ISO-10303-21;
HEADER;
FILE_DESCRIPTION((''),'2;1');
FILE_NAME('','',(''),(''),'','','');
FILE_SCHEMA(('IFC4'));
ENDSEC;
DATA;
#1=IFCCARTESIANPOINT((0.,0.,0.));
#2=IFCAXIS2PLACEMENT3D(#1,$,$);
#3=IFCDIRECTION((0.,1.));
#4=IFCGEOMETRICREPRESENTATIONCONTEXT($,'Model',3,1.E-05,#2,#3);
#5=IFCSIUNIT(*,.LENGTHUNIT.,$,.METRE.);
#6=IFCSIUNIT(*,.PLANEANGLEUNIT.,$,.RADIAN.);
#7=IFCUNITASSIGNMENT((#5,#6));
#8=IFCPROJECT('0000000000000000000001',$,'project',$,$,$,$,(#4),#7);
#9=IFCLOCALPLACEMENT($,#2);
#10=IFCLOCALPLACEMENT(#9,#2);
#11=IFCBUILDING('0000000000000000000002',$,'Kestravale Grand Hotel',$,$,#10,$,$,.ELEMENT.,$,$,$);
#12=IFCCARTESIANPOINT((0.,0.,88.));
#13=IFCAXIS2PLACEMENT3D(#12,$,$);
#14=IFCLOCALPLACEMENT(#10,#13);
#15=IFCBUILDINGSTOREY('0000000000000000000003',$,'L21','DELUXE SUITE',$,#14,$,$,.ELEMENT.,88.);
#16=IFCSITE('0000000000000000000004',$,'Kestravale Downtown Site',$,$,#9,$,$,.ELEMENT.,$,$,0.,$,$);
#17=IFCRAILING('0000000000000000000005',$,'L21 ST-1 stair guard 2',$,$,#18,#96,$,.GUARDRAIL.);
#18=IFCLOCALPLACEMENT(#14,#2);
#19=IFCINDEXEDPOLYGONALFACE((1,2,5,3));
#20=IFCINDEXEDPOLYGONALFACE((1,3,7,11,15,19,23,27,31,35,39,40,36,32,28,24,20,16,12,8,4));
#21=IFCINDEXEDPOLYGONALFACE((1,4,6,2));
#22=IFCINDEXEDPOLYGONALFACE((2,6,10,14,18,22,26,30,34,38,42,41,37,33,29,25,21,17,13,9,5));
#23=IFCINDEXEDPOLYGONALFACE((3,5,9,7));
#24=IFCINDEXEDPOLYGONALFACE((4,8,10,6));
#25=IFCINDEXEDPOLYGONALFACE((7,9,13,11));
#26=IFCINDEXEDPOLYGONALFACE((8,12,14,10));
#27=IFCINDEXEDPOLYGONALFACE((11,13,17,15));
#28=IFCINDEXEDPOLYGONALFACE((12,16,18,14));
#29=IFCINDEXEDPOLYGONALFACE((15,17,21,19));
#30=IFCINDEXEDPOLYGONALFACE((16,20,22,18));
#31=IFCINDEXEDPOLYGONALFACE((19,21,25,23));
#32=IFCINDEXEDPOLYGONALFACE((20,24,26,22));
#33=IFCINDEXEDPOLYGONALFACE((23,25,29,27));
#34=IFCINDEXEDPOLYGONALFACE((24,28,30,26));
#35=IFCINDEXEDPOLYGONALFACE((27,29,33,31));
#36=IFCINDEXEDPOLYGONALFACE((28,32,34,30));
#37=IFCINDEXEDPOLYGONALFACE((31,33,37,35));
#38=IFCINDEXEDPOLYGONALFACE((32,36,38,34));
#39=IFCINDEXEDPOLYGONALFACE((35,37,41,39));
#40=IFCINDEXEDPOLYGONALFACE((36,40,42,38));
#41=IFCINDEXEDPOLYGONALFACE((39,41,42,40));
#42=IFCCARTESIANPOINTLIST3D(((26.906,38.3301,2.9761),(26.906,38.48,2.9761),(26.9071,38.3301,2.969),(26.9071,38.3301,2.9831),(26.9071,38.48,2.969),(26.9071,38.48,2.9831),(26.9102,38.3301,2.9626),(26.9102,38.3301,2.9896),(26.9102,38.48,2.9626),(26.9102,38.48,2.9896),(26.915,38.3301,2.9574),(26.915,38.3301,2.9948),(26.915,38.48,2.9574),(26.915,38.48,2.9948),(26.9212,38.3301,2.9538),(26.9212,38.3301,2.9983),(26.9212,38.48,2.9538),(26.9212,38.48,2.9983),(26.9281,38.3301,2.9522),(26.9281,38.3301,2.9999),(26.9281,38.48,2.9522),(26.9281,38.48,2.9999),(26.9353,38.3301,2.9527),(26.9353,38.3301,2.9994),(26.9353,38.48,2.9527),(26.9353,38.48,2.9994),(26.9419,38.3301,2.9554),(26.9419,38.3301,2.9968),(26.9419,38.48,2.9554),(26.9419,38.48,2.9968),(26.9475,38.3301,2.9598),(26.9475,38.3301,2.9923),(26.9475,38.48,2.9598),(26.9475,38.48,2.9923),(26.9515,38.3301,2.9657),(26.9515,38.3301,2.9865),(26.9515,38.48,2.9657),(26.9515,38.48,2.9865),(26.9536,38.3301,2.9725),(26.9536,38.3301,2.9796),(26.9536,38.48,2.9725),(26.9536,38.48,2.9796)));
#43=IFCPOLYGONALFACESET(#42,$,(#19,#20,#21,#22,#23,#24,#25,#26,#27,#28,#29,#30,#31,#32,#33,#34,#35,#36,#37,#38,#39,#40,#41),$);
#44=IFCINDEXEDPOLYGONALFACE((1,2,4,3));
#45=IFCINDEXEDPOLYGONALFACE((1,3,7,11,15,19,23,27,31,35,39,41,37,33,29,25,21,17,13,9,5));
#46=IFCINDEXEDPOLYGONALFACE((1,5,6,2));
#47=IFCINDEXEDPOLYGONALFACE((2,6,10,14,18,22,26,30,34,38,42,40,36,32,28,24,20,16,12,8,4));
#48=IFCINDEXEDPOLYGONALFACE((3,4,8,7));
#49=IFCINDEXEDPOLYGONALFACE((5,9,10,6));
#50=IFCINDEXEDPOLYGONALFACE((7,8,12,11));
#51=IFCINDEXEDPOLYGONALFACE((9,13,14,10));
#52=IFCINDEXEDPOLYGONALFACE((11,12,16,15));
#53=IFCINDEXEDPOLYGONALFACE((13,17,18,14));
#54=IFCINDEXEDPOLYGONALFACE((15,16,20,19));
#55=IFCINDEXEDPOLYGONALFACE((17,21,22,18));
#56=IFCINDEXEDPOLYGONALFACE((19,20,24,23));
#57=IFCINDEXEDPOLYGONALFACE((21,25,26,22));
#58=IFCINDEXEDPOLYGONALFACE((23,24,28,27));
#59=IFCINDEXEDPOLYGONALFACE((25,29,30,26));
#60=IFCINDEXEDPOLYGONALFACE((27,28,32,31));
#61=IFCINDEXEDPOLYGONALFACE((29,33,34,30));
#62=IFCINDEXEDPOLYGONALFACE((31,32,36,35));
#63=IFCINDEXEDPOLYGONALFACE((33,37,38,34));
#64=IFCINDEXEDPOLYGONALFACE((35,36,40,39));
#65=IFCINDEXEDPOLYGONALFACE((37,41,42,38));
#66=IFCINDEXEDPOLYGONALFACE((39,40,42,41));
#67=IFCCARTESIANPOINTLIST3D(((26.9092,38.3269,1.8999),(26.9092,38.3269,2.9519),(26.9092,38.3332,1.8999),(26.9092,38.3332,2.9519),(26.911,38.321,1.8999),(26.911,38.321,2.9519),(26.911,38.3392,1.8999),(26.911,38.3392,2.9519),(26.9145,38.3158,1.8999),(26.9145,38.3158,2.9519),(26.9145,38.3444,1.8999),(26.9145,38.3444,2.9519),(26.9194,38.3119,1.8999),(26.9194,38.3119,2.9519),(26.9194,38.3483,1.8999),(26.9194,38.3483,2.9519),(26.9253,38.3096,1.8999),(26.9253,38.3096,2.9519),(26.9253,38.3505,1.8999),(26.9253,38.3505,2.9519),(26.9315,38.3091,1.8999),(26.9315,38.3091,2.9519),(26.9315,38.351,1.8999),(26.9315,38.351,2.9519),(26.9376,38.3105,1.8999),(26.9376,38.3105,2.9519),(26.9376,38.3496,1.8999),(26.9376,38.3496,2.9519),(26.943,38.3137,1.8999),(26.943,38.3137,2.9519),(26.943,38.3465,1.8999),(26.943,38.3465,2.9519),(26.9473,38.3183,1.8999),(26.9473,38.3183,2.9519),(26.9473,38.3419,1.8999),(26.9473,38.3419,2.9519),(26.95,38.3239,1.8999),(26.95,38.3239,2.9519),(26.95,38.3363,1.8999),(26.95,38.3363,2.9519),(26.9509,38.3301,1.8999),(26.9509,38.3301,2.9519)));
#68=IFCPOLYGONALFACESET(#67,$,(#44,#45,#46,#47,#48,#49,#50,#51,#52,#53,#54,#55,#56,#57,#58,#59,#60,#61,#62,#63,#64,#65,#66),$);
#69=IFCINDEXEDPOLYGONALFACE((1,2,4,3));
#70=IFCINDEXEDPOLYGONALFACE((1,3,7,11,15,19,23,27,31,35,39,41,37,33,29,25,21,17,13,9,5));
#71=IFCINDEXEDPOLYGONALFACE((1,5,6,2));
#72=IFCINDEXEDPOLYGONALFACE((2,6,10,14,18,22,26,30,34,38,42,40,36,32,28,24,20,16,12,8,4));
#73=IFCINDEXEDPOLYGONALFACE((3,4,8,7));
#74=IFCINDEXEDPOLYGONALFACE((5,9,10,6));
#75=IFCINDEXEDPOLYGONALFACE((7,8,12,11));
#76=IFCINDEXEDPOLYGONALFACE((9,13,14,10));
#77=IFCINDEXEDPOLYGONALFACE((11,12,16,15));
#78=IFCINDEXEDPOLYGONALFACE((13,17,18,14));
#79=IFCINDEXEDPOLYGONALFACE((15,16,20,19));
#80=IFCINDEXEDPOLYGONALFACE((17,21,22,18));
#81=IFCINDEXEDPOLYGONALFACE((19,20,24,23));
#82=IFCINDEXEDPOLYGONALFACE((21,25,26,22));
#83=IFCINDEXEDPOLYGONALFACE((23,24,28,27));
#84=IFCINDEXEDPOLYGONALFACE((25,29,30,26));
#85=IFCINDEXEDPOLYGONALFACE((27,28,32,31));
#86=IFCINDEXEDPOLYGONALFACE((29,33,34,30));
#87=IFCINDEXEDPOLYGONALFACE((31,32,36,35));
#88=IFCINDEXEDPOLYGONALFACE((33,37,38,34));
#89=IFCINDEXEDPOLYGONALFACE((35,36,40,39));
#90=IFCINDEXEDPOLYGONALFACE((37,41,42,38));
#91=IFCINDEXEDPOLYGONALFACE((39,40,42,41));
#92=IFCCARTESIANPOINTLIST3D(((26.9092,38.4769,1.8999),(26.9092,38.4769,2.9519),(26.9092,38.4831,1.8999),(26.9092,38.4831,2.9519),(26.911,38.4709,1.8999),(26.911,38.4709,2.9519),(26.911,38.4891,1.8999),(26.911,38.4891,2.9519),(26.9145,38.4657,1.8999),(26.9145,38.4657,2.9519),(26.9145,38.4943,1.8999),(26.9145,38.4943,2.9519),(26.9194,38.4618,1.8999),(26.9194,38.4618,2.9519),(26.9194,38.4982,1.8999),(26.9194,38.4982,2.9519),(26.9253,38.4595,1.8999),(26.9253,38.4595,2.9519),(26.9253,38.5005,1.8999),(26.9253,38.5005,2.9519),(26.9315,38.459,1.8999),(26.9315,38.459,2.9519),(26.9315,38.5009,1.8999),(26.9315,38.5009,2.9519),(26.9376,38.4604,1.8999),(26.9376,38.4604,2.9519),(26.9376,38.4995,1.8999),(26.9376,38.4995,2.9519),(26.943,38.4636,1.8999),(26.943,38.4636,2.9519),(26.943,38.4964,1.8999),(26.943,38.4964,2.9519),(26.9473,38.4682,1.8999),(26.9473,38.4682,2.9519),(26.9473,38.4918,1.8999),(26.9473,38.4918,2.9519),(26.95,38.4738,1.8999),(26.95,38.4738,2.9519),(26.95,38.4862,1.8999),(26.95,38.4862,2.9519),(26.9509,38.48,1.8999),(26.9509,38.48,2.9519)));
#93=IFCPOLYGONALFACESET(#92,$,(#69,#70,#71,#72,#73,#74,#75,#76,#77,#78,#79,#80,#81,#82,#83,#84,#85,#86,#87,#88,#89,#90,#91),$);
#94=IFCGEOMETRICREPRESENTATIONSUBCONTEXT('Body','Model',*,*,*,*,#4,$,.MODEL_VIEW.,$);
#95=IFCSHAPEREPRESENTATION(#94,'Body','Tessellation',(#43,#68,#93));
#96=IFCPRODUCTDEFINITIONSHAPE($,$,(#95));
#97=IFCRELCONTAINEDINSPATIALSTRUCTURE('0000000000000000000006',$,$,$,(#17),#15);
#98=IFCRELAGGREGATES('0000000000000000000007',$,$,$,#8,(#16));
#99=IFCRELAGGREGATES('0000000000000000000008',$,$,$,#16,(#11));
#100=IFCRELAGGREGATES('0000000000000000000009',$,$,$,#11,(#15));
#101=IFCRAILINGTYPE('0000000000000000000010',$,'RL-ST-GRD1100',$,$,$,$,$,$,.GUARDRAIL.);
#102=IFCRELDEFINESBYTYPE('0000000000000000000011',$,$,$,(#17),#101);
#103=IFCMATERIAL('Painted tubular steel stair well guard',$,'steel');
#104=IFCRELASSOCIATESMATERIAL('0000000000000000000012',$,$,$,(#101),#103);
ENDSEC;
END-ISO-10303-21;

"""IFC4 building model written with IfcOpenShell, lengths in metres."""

from ifc_helpers import new_model, si_unit, direction, frame, origin, origin_2d, place, context, subcontext, project, spatial, circle, extrude, material, type_object, element, save


model = new_model("IFC4")

# Units and contexts
model_context = context("Model", 3, precision=1e-05, world=origin(), true_north=direction((0.0, 1.0)))
body_context = subcontext(model_context, "Body", "Model", "MODEL_VIEW")
ifc_project = project(units=[si_unit("LENGTHUNIT", "METRE"), si_unit("PLANEANGLEUNIT", "RADIAN")], contexts=[model_context])

# Site, building, storey
site_placement = place(None, origin())
site = spatial("IfcSite", under=ifc_project, at=site_placement, Name="Kestravale Downtown Site", CompositionType="ELEMENT", RefElevation=0.0)
building_placement = place(site_placement, origin())
building = spatial("IfcBuilding", under=site, at=building_placement, Name="Kestravale Grand Hotel", CompositionType="ELEMENT")
storey_placement = place(building_placement, frame((0.0, 0.0, 88.0)))
storey = spatial("IfcBuildingStorey", under=building, at=storey_placement, Name="L21", Description="DELUXE SUITE", CompositionType="ELEMENT", Elevation=88.0)

# Railing
ifc_material_1 = material(Name="Painted tubular steel stair well guard", Category="steel")
railing_type_1 = type_object("IfcRailingType", Name="RL-ST-GRD1100", PredefinedType="GUARDRAIL", material=ifc_material_1)
railing_1_placement = place(storey_placement, frame((26.9299, 38.3301, 1.8999)))
element("IfcRailing", 1, at=railing_1_placement, inside=storey, type_object=railing_type_1, Name="L21 ST-1 stair guard 2", PredefinedType="GUARDRAIL", context=body_context, shape_type="SweptSolid", body=[
    extrude(circle(Radius=0.0239, at=origin_2d()), frame((0.0, 0.0, 1.0762), z_axis=(0.0, 1.0, 0.0), x_axis=(-1.0, 0.0, 0.0)), (0.0, 0.0, 1.0), 0.1499),
    extrude(circle(Radius=0.021, at=origin_2d()), origin(), (0.0, 0.0, 1.0), 1.052),
    extrude(circle(Radius=0.021, at=origin_2d()), frame((0.0, 0.1499, 0.0)), (0.0, 0.0, 1.0), 1.052),
])

save(model, "model.ifc")
